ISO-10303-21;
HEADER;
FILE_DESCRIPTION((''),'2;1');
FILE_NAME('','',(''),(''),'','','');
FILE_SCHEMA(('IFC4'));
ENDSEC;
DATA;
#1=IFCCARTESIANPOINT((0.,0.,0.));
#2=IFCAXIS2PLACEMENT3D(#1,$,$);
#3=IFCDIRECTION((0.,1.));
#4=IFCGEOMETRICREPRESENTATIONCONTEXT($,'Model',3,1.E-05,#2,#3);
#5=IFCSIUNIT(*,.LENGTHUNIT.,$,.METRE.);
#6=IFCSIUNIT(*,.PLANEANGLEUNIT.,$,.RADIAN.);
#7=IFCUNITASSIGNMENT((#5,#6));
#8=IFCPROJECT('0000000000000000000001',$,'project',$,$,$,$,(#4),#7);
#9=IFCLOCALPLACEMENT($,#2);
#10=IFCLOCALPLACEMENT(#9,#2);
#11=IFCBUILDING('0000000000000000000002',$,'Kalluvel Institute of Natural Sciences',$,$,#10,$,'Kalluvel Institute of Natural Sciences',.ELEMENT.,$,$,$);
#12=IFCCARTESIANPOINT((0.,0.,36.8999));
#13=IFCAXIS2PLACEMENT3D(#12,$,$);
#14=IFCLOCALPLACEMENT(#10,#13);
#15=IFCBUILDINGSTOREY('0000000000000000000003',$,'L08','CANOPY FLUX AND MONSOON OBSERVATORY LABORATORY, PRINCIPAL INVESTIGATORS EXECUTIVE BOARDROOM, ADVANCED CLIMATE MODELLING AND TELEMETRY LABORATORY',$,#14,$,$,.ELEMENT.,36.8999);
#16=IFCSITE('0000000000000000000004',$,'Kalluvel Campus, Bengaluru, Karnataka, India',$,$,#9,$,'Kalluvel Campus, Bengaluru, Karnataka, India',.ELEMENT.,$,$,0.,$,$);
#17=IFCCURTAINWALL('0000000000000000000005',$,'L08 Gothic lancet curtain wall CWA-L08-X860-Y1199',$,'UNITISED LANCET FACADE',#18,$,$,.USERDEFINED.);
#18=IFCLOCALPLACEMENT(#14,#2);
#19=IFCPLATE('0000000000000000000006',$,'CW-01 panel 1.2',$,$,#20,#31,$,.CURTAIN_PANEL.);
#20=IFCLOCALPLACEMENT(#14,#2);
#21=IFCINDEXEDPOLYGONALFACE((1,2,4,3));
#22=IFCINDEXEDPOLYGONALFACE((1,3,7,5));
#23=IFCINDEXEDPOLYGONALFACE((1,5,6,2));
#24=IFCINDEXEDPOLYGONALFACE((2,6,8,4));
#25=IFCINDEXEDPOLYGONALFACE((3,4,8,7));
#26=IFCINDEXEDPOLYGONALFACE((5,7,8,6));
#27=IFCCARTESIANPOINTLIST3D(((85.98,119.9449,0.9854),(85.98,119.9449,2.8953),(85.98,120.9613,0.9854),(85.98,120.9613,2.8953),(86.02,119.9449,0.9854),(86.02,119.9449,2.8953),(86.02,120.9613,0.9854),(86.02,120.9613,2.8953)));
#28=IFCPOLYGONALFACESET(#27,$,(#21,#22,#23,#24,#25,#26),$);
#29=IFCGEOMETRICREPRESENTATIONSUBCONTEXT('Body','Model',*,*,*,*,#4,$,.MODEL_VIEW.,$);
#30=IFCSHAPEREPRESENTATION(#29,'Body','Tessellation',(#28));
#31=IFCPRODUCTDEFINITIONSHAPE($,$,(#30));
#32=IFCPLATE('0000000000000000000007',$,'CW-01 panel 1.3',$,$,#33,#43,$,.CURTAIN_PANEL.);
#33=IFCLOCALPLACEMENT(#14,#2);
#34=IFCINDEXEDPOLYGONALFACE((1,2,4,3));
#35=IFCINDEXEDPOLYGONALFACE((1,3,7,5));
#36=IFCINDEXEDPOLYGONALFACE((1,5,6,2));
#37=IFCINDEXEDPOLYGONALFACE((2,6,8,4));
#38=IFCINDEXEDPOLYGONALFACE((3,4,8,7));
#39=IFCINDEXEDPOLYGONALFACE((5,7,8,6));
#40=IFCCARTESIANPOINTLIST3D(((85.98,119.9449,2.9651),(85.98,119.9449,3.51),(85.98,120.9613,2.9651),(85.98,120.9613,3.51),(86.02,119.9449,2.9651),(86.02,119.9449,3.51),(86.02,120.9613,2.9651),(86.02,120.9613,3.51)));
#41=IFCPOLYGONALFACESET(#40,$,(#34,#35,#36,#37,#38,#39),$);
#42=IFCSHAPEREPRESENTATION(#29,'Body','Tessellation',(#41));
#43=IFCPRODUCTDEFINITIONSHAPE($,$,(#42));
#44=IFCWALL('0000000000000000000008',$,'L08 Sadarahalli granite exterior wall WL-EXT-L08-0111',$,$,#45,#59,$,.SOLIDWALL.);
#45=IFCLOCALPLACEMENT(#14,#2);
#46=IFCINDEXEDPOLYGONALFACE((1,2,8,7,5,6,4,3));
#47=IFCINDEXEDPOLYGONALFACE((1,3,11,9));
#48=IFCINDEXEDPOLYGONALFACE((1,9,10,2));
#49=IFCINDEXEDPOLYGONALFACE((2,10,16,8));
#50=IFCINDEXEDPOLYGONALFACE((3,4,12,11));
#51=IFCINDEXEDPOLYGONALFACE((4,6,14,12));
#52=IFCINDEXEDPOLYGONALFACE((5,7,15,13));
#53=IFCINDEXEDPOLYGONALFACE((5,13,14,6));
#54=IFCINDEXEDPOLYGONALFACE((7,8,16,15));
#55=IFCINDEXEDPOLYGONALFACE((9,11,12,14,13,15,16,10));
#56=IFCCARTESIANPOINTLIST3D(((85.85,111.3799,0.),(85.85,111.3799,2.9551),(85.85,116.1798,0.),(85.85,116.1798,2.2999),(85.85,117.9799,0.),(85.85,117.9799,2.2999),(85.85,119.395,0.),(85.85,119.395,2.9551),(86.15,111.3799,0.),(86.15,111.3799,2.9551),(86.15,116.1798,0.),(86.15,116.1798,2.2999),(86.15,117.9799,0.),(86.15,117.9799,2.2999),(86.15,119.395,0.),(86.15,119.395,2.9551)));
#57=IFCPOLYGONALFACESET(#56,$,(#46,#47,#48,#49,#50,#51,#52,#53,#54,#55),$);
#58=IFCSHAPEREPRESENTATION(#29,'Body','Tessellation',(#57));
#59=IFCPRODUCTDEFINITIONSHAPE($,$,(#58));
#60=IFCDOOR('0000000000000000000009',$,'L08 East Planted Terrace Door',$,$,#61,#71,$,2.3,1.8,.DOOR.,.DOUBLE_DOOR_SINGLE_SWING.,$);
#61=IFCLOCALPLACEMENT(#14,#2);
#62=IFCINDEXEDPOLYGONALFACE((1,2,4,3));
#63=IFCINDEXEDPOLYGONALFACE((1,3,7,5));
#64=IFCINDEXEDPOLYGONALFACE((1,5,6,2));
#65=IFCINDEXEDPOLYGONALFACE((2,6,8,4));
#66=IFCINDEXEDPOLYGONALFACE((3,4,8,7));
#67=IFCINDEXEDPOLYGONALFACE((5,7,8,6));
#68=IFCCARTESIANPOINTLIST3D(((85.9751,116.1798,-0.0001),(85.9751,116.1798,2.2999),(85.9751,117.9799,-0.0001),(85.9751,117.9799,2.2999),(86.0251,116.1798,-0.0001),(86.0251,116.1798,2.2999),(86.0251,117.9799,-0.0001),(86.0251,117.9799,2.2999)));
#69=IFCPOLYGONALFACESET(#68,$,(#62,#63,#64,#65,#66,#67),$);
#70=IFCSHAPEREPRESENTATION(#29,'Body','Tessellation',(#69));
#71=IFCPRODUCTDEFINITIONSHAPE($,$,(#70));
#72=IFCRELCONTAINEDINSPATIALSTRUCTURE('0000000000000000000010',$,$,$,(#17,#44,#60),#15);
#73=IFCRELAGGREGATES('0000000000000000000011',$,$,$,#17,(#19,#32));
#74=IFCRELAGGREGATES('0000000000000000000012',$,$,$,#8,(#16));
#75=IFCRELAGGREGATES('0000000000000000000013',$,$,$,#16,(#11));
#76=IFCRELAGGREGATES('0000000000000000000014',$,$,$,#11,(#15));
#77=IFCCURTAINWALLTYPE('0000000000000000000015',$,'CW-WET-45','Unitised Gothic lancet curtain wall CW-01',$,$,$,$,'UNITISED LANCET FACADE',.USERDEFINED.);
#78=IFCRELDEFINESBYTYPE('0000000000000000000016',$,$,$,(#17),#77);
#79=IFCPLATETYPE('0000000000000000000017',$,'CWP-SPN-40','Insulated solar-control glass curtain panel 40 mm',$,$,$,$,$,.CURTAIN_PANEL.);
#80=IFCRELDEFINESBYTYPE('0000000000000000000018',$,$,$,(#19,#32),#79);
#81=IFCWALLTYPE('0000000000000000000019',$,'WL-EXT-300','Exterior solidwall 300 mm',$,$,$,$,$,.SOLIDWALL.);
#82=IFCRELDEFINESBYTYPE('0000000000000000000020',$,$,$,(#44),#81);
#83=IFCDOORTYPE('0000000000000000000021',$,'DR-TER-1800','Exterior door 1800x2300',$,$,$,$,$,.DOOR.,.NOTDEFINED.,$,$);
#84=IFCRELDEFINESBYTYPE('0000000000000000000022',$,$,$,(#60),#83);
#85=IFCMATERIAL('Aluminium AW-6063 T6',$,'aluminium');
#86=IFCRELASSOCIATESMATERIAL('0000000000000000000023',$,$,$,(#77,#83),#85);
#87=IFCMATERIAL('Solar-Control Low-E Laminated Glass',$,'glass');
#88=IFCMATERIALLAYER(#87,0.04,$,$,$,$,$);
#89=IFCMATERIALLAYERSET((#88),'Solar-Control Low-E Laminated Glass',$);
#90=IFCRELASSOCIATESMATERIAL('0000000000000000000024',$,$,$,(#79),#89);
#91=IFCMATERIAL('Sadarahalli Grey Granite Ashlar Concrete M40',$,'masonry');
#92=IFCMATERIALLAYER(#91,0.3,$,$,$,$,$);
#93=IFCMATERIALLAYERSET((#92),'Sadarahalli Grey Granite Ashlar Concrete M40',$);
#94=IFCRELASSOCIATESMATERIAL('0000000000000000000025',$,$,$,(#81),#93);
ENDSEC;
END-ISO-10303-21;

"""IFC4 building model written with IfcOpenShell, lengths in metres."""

from ifc_helpers import new_model, si_unit, direction, frame, frame_2d, origin, origin_2d, place, context, subcontext, project, spatial, rectangle, extrude, material, layer, layer_set, type_object, element, fill, aggregate, save


model = new_model("IFC4")

# Units and contexts
model_context = context("Model", 3, precision=1e-05, world=origin(), true_north=direction((0.0, 1.0)))
body_context = subcontext(model_context, "Body", "Model", "MODEL_VIEW")
ifc_project = project(units=[si_unit("LENGTHUNIT", "METRE"), si_unit("PLANEANGLEUNIT", "RADIAN")], contexts=[model_context])

# Site, building, storey
site_placement = place(None, origin())
site = spatial("IfcSite", under=ifc_project, at=site_placement, Name="Kalluvel Campus, Bengaluru, Karnataka, India", LongName="Kalluvel Campus, Bengaluru, Karnataka, India", CompositionType="ELEMENT", RefElevation=0.0)
building_placement = place(site_placement, origin())
building = spatial("IfcBuilding", under=site, at=building_placement, Name="Kalluvel Institute of Natural Sciences", LongName="Kalluvel Institute of Natural Sciences", CompositionType="ELEMENT")
storey_placement = place(building_placement, frame((0.0, 0.0, 36.8999)))
storey = spatial("IfcBuildingStorey", under=building, at=storey_placement, Name="L08", Description="CANOPY FLUX AND MONSOON OBSERVATORY LABORATORY, PRINCIPAL INVESTIGATORS EXECUTIVE BOARDROOM, ADVANCED CLIMATE MODELLING AND TELEMETRY LABORATORY", CompositionType="ELEMENT", Elevation=36.8999)

# Shared definitions
ifc_material_1 = material(Name="Aluminium AW-6063 T6", Category="aluminium")
curtain_wall_type = type_object("IfcCurtainWallType", Name="CW-WET-45", Description="Unitised Gothic lancet curtain wall CW-01", ElementType="UNITISED LANCET FACADE", PredefinedType="USERDEFINED", material=ifc_material_1)

# Curtain wall
curtain_wall_1_placement = place(storey_placement, origin())
curtain_wall_1 = element("IfcCurtainWall", 1, at=curtain_wall_1_placement, inside=storey, type_object=curtain_wall_type, Name="L08 Gothic lancet curtain wall CWA-L08-X860-Y1199", ObjectType="UNITISED LANCET FACADE", PredefinedType="USERDEFINED")

# Plates
ifc_material_2 = material(Name="Solar-Control Low-E Laminated Glass", Category="glass")
ifc_layer_1 = layer(ifc_material_2, 0.04)
ifc_layer_set_1 = layer_set([ifc_layer_1], Name="Solar-Control Low-E Laminated Glass")
plate_type = type_object("IfcPlateType", Name="CWP-SPN-40", Description="Insulated solar-control glass curtain panel 40 mm", PredefinedType="CURTAIN_PANEL", material=ifc_layer_set_1)
plate_1_placement = place(storey_placement, frame((86.0, 120.4531, 0.9854), z_axis=(0.0, 0.0, 1.0), x_axis=(0.0, 1.0, 0.0)))
plate_1 = element("IfcPlate", 2, at=plate_1_placement, type_object=plate_type, Name="CW-01 panel 1.2", PredefinedType="CURTAIN_PANEL", context=body_context, shape_type="SweptSolid", body=[
    extrude(rectangle(XDim=1.0164, YDim=0.04, at=origin_2d()), origin(), (0.0, 0.0, 1.0), 1.9099),
])
plate_2_placement = place(storey_placement, frame((86.0, 120.4531, 2.9651), z_axis=(0.0, 0.0, 1.0), x_axis=(0.0, 1.0, 0.0)))
plate_2 = element("IfcPlate", 3, at=plate_2_placement, type_object=plate_type, Name="CW-01 panel 1.3", PredefinedType="CURTAIN_PANEL", context=body_context, shape_type="SweptSolid", body=[
    extrude(rectangle(XDim=1.0164, YDim=0.04, at=origin_2d()), origin(), (0.0, 0.0, 1.0), 0.5449),
])
aggregate(curtain_wall_1, [plate_1, plate_2])

# Wall, opening, door
ifc_material_3 = material(Name="Sadarahalli Grey Granite Ashlar Concrete M40", Category="masonry")
ifc_layer_2 = layer(ifc_material_3, 0.3)
ifc_layer_set_2 = layer_set([ifc_layer_2], Name="Sadarahalli Grey Granite Ashlar Concrete M40")
wall_type = type_object("IfcWallType", Name="WL-EXT-300", Description="Exterior solidwall 300 mm", PredefinedType="SOLIDWALL", material=ifc_layer_set_2)
wall_placement = place(storey_placement, frame((86.0, 111.3799, 0.0), z_axis=(0.0, 0.0, 1.0), x_axis=(0.0, 1.0, 0.0)))
wall = element("IfcWall", 4, at=wall_placement, inside=storey, type_object=wall_type, Name="L08 Sadarahalli granite exterior wall WL-EXT-L08-0111", PredefinedType="SOLIDWALL", context=body_context, shape_type="SweptSolid", body=[
    extrude(rectangle(XDim=8.0151, YDim=0.3, at=frame_2d((4.0076, 0.0))), origin(), (0.0, 0.0, 1.0), 2.9551),
])
opening_placement = place(wall_placement, frame((4.8, 0.0, 0.0)))
opening = element("IfcOpeningElement", 5, at=opening_placement, cuts=wall, PredefinedType="OPENING", context=body_context, shape_type="SweptSolid", body=[
    extrude(rectangle(XDim=1.8, YDim=2.3, at=frame_2d((0.8999, 1.1499))), frame((0.0, 0.1599, 0.0), z_axis=(0.0, -1.0, 0.0), x_axis=(1.0, 0.0, 0.0)), (0.0, 0.0, 1.0), 0.3201),
])
door_type = type_object("IfcDoorType", Name="DR-TER-1800", Description="Exterior door 1800x2300", OperationType="NOTDEFINED", PredefinedType="DOOR", material=ifc_material_1)
door_placement = place(opening_placement, origin())
door = element("IfcDoor", 6, at=door_placement, inside=storey, type_object=door_type, Name="L08 East Planted Terrace Door", OperationType="DOUBLE_DOOR_SINGLE_SWING", OverallHeight=2.3, OverallWidth=1.8, PredefinedType="DOOR", context=body_context, shape_type="SweptSolid", body=[
    extrude(rectangle(XDim=1.8, YDim=2.3, at=frame_2d((0.8999, 1.1499))), frame((0.0, 0.0249, 0.0), z_axis=(0.0, -1.0, 0.0), x_axis=(1.0, 0.0, 0.0)), (0.0, 0.0, 1.0), 0.05),
])
fill(opening, door)

save(model, "model.ifc")
